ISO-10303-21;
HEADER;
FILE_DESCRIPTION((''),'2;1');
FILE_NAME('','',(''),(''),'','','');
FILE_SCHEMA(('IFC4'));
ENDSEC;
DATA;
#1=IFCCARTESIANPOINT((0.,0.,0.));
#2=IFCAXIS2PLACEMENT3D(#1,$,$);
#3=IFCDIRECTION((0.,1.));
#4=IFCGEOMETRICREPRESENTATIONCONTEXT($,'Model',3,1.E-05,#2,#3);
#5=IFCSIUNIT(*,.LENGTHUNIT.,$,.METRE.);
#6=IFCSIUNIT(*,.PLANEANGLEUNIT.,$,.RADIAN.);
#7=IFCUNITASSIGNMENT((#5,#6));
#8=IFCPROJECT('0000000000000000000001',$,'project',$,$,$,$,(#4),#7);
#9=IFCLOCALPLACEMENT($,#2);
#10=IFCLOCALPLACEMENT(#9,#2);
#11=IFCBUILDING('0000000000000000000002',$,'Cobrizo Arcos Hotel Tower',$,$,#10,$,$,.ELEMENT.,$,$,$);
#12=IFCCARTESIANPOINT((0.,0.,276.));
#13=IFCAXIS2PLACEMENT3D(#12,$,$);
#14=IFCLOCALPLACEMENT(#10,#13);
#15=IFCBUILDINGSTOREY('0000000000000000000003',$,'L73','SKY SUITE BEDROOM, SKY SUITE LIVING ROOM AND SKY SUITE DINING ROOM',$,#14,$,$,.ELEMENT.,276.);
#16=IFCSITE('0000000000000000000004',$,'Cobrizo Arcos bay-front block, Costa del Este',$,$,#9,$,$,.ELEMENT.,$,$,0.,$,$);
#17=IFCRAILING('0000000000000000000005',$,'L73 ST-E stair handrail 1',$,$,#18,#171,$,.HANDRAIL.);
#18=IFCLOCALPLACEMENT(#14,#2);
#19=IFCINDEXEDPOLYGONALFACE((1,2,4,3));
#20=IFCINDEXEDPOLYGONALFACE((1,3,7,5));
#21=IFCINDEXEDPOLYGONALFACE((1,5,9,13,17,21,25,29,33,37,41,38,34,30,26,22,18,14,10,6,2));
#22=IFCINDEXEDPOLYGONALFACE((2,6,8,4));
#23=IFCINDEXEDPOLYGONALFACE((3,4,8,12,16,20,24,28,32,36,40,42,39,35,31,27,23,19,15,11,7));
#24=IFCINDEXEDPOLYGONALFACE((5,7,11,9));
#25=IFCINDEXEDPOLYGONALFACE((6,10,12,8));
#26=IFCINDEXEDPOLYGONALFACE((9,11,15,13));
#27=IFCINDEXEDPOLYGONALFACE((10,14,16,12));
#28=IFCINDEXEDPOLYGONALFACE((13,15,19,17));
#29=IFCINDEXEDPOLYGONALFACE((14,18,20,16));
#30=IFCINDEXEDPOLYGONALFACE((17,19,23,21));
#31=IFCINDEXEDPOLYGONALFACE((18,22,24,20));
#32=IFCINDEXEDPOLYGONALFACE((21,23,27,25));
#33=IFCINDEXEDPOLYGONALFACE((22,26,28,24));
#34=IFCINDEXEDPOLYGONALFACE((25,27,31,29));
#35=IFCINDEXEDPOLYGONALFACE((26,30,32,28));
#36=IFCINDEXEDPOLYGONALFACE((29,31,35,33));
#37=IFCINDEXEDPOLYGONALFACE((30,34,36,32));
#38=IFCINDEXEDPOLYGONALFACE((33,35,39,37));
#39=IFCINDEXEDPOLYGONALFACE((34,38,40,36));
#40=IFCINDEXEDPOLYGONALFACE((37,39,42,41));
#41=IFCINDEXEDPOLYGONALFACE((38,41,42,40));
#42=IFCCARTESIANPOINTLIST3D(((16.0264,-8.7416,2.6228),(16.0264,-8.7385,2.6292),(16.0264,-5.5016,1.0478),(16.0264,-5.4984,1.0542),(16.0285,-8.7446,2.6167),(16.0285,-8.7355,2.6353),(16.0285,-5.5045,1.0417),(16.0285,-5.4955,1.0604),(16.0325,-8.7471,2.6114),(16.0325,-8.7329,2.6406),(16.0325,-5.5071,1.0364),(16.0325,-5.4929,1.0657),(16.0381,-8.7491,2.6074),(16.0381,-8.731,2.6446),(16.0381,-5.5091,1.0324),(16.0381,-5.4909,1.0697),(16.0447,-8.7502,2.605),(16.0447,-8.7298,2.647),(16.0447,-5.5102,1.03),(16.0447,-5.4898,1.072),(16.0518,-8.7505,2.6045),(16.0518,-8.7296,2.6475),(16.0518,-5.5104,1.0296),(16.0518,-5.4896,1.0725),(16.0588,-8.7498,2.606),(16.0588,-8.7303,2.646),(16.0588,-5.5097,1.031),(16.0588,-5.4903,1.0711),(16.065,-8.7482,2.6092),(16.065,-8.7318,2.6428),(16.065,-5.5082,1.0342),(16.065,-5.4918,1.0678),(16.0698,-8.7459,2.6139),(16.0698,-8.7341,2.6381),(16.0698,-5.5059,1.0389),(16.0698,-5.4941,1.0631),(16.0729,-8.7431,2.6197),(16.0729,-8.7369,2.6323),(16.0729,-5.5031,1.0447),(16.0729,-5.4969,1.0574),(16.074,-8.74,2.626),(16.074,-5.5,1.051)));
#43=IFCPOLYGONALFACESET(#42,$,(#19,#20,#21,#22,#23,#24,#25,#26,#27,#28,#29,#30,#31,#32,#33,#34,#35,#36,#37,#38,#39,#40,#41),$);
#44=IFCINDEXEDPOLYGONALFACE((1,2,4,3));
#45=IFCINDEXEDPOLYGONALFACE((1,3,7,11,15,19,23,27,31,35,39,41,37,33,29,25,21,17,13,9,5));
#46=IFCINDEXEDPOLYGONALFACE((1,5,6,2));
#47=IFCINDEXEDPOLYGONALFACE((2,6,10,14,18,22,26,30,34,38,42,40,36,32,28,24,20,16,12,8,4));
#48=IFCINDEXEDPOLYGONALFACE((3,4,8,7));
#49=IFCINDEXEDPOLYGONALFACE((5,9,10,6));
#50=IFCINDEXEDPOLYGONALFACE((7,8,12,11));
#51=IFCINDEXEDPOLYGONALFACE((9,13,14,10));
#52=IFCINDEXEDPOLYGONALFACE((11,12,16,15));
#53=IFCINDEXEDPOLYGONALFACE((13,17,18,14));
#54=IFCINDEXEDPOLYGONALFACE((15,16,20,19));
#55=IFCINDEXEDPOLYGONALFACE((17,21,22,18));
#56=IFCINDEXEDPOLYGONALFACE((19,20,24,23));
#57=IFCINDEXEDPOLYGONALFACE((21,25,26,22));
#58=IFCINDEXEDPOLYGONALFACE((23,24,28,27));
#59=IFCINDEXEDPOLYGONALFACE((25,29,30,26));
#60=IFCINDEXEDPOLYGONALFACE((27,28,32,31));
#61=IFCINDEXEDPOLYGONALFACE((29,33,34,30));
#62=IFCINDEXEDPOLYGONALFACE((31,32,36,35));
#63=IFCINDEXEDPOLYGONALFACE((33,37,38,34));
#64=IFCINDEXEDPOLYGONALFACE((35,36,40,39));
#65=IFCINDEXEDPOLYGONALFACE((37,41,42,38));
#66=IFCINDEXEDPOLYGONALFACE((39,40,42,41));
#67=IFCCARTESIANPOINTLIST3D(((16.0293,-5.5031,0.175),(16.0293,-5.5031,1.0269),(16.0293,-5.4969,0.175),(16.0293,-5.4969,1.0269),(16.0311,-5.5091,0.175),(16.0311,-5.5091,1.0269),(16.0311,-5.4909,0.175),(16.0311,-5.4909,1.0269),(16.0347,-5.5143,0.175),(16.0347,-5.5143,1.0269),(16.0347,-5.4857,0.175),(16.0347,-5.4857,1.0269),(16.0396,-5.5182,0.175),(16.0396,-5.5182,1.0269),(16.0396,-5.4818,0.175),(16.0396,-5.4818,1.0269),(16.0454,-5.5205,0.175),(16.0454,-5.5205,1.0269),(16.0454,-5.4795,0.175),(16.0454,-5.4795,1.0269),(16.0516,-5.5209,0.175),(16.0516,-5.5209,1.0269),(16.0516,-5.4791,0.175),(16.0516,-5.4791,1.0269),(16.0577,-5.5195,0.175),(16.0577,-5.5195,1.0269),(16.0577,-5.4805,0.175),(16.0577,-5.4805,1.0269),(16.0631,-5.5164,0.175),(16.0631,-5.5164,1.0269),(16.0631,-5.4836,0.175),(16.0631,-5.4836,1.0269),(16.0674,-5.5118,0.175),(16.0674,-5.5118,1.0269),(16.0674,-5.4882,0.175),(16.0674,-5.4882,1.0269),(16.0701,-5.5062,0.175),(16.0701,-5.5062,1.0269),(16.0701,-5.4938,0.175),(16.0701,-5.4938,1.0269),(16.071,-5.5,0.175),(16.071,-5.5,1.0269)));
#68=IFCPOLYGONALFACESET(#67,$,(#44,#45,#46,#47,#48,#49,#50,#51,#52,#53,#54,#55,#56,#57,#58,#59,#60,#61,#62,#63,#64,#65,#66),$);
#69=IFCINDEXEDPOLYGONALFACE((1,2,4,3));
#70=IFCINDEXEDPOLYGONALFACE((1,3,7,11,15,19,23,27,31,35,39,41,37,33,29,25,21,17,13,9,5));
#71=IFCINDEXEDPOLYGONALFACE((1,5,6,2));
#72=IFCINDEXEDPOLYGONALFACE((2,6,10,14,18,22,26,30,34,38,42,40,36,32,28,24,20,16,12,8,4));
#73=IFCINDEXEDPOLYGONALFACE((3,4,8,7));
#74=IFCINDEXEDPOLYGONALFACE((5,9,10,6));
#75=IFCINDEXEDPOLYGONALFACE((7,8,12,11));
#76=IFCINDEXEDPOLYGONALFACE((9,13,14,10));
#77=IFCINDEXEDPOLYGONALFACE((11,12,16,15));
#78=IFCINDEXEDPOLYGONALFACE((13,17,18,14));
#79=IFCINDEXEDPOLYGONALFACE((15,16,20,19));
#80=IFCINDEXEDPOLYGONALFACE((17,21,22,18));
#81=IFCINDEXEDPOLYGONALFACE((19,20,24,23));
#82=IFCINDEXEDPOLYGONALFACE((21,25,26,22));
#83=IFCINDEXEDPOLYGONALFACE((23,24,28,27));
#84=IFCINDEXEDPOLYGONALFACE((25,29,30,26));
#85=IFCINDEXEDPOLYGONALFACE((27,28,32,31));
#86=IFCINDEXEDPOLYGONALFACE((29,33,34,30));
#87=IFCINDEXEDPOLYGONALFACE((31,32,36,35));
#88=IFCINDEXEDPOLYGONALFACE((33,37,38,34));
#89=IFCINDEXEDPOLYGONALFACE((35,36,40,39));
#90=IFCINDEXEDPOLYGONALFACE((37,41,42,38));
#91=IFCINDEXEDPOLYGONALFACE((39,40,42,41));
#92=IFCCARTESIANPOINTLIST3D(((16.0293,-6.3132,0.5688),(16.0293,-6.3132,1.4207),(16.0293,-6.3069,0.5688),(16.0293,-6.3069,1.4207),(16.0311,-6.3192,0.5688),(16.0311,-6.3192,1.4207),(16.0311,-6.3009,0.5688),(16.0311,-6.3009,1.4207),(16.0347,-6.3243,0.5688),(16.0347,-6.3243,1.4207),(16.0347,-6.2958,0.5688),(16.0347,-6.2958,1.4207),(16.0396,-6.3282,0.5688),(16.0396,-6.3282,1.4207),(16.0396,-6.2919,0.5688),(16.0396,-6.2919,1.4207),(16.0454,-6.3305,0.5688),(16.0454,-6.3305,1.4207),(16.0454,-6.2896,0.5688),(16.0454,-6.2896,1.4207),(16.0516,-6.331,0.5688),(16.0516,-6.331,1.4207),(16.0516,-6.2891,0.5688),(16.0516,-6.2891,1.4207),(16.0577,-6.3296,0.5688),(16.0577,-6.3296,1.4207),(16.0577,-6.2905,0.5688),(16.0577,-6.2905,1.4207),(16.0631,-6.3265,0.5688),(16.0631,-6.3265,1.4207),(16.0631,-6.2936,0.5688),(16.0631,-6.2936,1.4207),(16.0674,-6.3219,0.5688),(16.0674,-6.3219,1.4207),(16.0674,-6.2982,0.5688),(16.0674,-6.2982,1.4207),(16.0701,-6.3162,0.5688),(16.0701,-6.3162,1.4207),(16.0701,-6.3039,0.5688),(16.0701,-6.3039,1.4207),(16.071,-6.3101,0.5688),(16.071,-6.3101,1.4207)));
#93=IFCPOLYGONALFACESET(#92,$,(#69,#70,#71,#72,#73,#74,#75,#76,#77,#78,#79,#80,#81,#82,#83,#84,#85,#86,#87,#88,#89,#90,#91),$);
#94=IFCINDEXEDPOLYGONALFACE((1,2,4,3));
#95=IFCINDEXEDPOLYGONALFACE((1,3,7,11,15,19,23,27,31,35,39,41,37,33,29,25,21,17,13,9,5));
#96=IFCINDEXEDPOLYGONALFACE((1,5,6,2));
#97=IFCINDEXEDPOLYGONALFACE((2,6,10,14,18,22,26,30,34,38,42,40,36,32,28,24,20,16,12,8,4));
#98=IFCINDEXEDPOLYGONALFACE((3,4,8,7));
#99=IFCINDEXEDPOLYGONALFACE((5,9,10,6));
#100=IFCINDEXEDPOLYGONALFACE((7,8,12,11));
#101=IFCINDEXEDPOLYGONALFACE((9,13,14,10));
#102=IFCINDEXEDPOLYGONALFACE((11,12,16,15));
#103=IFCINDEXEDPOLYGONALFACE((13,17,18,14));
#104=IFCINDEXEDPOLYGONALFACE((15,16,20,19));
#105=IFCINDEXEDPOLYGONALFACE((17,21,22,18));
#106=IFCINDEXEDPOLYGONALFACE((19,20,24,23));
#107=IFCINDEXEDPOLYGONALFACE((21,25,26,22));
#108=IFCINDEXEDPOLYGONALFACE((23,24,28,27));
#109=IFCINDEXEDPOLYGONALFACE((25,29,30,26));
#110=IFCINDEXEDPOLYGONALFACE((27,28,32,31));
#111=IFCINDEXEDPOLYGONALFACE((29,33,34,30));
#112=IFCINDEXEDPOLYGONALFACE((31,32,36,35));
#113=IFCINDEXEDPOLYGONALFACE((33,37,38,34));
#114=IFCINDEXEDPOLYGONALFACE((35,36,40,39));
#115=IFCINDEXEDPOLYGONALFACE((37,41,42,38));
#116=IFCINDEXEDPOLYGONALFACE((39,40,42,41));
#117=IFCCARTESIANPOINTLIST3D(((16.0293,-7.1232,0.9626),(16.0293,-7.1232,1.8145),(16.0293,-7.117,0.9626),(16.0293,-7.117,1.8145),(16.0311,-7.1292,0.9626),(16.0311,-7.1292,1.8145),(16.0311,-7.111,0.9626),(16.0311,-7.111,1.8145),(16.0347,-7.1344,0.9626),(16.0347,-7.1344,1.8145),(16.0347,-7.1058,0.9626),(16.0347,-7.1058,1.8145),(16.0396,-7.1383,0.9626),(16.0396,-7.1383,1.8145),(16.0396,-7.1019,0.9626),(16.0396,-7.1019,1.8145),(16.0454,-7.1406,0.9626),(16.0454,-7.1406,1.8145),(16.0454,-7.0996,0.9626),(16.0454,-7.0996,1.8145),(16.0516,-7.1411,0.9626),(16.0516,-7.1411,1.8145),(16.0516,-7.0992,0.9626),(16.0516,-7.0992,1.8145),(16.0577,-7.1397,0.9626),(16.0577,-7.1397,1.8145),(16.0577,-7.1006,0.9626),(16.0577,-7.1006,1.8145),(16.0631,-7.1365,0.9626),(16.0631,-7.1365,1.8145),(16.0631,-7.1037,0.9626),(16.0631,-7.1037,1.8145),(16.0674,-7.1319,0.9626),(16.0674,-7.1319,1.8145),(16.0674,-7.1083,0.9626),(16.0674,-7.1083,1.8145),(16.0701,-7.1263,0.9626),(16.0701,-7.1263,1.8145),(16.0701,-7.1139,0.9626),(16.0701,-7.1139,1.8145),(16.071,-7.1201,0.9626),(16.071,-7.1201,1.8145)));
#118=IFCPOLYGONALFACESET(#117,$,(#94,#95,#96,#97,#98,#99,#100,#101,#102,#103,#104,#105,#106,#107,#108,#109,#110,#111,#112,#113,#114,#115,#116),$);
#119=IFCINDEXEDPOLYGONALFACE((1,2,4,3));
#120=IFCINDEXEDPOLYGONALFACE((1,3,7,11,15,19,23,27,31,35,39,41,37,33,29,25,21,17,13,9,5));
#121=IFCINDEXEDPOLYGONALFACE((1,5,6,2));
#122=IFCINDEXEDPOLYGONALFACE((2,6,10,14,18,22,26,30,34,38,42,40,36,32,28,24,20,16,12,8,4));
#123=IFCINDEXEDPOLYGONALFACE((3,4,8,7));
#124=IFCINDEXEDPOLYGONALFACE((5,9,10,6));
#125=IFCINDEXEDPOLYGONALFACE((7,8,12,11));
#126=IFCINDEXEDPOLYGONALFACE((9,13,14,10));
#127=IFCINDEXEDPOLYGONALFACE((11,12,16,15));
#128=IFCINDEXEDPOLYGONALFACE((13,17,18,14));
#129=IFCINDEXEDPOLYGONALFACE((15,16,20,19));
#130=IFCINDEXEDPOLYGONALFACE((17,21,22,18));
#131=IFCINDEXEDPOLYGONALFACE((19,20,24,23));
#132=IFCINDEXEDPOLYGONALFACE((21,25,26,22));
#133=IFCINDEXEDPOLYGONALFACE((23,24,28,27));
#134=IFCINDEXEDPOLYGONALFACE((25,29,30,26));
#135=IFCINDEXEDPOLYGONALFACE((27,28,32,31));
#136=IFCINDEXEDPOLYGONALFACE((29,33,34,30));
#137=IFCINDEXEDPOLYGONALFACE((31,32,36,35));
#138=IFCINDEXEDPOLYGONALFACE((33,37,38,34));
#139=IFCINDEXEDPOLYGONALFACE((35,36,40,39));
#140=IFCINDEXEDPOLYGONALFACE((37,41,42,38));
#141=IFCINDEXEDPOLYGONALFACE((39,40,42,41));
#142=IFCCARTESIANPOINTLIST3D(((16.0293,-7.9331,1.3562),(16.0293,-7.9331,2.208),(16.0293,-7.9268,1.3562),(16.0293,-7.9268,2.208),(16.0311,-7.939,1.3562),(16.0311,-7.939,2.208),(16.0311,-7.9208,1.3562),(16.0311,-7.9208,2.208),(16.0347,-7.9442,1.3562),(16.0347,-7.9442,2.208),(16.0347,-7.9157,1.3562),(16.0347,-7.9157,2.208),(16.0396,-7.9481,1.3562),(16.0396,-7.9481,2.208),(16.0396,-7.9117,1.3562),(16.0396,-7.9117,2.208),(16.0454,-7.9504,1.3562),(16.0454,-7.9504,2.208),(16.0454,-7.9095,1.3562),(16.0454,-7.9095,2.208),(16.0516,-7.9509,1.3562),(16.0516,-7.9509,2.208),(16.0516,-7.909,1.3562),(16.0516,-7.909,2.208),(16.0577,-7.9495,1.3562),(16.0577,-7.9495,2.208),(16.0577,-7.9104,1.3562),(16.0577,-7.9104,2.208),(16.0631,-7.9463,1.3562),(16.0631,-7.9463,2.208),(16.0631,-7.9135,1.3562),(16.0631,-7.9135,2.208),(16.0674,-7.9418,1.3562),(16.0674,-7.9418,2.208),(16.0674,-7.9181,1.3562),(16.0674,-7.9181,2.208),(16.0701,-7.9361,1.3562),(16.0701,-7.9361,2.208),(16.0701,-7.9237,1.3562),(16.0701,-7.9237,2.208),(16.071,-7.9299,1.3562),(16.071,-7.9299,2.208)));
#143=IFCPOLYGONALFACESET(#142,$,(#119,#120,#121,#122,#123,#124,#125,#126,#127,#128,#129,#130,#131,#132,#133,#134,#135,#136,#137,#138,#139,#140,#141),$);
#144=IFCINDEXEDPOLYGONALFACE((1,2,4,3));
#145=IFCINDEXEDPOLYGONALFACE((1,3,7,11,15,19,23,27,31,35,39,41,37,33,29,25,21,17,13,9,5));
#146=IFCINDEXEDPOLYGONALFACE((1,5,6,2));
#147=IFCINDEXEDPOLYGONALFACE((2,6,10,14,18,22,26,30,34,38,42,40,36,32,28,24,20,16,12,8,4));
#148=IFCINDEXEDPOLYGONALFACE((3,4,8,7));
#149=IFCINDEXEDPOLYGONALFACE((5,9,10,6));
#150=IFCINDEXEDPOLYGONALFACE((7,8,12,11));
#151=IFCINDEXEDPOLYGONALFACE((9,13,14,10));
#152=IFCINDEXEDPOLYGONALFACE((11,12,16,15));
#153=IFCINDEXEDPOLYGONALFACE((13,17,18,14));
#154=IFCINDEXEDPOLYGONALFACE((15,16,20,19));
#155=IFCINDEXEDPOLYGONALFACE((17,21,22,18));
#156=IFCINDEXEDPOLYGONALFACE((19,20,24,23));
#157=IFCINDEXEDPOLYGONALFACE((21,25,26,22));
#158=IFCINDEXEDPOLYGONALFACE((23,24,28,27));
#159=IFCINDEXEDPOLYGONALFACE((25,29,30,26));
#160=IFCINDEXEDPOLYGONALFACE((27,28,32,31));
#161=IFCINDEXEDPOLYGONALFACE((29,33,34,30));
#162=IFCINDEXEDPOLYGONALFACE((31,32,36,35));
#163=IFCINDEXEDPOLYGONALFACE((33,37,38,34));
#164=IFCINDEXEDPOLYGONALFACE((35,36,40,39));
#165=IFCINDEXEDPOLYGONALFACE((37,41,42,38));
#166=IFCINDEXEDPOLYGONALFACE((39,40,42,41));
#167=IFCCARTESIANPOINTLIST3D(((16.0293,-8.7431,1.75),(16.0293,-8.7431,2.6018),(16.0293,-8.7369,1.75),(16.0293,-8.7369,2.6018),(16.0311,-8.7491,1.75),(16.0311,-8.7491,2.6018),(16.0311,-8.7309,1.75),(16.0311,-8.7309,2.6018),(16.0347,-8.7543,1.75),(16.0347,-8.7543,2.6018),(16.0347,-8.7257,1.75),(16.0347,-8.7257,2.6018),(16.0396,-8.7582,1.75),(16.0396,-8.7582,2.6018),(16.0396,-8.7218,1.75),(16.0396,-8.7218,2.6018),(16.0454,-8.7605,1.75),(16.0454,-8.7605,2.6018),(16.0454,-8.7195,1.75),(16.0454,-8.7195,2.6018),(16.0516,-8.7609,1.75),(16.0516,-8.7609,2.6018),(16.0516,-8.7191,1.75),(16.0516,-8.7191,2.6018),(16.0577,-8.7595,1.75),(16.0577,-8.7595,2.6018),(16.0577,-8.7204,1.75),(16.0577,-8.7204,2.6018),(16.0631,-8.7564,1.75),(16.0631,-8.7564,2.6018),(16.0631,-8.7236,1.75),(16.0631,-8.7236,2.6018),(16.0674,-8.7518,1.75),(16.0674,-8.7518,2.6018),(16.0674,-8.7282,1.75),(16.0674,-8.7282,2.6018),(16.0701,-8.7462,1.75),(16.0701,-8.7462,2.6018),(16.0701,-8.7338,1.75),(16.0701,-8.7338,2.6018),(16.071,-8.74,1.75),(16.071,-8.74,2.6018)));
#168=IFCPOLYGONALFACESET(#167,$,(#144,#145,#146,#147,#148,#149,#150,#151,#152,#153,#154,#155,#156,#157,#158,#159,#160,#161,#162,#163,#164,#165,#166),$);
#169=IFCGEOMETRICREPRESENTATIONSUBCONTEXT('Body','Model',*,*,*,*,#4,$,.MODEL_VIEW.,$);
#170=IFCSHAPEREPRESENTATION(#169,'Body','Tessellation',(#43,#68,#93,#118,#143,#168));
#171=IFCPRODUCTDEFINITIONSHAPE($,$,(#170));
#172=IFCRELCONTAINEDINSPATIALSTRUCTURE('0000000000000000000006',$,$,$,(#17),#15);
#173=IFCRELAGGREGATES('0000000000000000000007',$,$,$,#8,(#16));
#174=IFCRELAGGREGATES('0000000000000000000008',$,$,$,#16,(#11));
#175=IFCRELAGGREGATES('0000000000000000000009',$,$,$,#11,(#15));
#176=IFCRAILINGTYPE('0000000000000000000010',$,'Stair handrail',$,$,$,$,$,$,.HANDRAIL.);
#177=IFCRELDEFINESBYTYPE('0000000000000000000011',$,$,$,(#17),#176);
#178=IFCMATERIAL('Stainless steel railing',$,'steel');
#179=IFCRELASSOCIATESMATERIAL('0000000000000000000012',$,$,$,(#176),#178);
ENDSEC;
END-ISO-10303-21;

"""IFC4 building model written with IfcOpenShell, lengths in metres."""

from ifc_helpers import new_model, si_unit, direction, frame, origin, origin_2d, place, context, subcontext, project, spatial, circle, extrude, material, type_object, element, save


model = new_model("IFC4")

# Units and contexts
model_context = context("Model", 3, precision=1e-05, world=origin(), true_north=direction((0.0, 1.0)))
body_context = subcontext(model_context, "Body", "Model", "MODEL_VIEW")
ifc_project = project(units=[si_unit("LENGTHUNIT", "METRE"), si_unit("PLANEANGLEUNIT", "RADIAN")], contexts=[model_context])

# Site, building, storey
site_placement = place(None, origin())
site = spatial("IfcSite", under=ifc_project, at=site_placement, Name="Cobrizo Arcos bay-front block, Costa del Este", CompositionType="ELEMENT", RefElevation=0.0)
building_placement = place(site_placement, origin())
building = spatial("IfcBuilding", under=site, at=building_placement, Name="Cobrizo Arcos Hotel Tower", CompositionType="ELEMENT")
storey_placement = place(building_placement, frame((0.0, 0.0, 276.0)))
storey = spatial("IfcBuildingStorey", under=building, at=storey_placement, Name="L73", Description="SKY SUITE BEDROOM, SKY SUITE LIVING ROOM AND SKY SUITE DINING ROOM", CompositionType="ELEMENT", Elevation=276.0)

# Railing
ifc_material_1 = material(Name="Stainless steel railing", Category="steel")
railing_type_1 = type_object("IfcRailingType", Name="Stair handrail", PredefinedType="HANDRAIL", material=ifc_material_1)
railing_1_placement = place(storey_placement, frame((16.05, -5.5, 0.175)))
element("IfcRailing", 1, at=railing_1_placement, inside=storey, type_object=railing_type_1, Name="L73 ST-E stair handrail 1", PredefinedType="HANDRAIL", context=body_context, shape_type="SweptSolid", body=[
    extrude(circle(Radius=0.0239, at=origin_2d()), frame((0.0, 0.0, 0.876), z_axis=(0.0, -0.899373, 0.437183), x_axis=(1.0, 0.0, 0.0)), (0.0, 0.0, 1.0), 3.6025),
    extrude(circle(Radius=0.021, at=origin_2d()), origin(), (0.0, 0.0, 1.0), 0.8518),
    extrude(circle(Radius=0.021, at=origin_2d()), frame((0.0, -0.8101, 0.3938)), (0.0, 0.0, 1.0), 0.8518),
    extrude(circle(Radius=0.021, at=origin_2d()), frame((0.0, -1.6201, 0.7876)), (0.0, 0.0, 1.0), 0.8518),
    extrude(circle(Radius=0.021, at=origin_2d()), frame((0.0, -2.4299, 1.1812)), (0.0, 0.0, 1.0), 0.8518),
    extrude(circle(Radius=0.021, at=origin_2d()), frame((0.0, -3.24, 1.575)), (0.0, 0.0, 1.0), 0.8518),
])

save(model, "model.ifc")
